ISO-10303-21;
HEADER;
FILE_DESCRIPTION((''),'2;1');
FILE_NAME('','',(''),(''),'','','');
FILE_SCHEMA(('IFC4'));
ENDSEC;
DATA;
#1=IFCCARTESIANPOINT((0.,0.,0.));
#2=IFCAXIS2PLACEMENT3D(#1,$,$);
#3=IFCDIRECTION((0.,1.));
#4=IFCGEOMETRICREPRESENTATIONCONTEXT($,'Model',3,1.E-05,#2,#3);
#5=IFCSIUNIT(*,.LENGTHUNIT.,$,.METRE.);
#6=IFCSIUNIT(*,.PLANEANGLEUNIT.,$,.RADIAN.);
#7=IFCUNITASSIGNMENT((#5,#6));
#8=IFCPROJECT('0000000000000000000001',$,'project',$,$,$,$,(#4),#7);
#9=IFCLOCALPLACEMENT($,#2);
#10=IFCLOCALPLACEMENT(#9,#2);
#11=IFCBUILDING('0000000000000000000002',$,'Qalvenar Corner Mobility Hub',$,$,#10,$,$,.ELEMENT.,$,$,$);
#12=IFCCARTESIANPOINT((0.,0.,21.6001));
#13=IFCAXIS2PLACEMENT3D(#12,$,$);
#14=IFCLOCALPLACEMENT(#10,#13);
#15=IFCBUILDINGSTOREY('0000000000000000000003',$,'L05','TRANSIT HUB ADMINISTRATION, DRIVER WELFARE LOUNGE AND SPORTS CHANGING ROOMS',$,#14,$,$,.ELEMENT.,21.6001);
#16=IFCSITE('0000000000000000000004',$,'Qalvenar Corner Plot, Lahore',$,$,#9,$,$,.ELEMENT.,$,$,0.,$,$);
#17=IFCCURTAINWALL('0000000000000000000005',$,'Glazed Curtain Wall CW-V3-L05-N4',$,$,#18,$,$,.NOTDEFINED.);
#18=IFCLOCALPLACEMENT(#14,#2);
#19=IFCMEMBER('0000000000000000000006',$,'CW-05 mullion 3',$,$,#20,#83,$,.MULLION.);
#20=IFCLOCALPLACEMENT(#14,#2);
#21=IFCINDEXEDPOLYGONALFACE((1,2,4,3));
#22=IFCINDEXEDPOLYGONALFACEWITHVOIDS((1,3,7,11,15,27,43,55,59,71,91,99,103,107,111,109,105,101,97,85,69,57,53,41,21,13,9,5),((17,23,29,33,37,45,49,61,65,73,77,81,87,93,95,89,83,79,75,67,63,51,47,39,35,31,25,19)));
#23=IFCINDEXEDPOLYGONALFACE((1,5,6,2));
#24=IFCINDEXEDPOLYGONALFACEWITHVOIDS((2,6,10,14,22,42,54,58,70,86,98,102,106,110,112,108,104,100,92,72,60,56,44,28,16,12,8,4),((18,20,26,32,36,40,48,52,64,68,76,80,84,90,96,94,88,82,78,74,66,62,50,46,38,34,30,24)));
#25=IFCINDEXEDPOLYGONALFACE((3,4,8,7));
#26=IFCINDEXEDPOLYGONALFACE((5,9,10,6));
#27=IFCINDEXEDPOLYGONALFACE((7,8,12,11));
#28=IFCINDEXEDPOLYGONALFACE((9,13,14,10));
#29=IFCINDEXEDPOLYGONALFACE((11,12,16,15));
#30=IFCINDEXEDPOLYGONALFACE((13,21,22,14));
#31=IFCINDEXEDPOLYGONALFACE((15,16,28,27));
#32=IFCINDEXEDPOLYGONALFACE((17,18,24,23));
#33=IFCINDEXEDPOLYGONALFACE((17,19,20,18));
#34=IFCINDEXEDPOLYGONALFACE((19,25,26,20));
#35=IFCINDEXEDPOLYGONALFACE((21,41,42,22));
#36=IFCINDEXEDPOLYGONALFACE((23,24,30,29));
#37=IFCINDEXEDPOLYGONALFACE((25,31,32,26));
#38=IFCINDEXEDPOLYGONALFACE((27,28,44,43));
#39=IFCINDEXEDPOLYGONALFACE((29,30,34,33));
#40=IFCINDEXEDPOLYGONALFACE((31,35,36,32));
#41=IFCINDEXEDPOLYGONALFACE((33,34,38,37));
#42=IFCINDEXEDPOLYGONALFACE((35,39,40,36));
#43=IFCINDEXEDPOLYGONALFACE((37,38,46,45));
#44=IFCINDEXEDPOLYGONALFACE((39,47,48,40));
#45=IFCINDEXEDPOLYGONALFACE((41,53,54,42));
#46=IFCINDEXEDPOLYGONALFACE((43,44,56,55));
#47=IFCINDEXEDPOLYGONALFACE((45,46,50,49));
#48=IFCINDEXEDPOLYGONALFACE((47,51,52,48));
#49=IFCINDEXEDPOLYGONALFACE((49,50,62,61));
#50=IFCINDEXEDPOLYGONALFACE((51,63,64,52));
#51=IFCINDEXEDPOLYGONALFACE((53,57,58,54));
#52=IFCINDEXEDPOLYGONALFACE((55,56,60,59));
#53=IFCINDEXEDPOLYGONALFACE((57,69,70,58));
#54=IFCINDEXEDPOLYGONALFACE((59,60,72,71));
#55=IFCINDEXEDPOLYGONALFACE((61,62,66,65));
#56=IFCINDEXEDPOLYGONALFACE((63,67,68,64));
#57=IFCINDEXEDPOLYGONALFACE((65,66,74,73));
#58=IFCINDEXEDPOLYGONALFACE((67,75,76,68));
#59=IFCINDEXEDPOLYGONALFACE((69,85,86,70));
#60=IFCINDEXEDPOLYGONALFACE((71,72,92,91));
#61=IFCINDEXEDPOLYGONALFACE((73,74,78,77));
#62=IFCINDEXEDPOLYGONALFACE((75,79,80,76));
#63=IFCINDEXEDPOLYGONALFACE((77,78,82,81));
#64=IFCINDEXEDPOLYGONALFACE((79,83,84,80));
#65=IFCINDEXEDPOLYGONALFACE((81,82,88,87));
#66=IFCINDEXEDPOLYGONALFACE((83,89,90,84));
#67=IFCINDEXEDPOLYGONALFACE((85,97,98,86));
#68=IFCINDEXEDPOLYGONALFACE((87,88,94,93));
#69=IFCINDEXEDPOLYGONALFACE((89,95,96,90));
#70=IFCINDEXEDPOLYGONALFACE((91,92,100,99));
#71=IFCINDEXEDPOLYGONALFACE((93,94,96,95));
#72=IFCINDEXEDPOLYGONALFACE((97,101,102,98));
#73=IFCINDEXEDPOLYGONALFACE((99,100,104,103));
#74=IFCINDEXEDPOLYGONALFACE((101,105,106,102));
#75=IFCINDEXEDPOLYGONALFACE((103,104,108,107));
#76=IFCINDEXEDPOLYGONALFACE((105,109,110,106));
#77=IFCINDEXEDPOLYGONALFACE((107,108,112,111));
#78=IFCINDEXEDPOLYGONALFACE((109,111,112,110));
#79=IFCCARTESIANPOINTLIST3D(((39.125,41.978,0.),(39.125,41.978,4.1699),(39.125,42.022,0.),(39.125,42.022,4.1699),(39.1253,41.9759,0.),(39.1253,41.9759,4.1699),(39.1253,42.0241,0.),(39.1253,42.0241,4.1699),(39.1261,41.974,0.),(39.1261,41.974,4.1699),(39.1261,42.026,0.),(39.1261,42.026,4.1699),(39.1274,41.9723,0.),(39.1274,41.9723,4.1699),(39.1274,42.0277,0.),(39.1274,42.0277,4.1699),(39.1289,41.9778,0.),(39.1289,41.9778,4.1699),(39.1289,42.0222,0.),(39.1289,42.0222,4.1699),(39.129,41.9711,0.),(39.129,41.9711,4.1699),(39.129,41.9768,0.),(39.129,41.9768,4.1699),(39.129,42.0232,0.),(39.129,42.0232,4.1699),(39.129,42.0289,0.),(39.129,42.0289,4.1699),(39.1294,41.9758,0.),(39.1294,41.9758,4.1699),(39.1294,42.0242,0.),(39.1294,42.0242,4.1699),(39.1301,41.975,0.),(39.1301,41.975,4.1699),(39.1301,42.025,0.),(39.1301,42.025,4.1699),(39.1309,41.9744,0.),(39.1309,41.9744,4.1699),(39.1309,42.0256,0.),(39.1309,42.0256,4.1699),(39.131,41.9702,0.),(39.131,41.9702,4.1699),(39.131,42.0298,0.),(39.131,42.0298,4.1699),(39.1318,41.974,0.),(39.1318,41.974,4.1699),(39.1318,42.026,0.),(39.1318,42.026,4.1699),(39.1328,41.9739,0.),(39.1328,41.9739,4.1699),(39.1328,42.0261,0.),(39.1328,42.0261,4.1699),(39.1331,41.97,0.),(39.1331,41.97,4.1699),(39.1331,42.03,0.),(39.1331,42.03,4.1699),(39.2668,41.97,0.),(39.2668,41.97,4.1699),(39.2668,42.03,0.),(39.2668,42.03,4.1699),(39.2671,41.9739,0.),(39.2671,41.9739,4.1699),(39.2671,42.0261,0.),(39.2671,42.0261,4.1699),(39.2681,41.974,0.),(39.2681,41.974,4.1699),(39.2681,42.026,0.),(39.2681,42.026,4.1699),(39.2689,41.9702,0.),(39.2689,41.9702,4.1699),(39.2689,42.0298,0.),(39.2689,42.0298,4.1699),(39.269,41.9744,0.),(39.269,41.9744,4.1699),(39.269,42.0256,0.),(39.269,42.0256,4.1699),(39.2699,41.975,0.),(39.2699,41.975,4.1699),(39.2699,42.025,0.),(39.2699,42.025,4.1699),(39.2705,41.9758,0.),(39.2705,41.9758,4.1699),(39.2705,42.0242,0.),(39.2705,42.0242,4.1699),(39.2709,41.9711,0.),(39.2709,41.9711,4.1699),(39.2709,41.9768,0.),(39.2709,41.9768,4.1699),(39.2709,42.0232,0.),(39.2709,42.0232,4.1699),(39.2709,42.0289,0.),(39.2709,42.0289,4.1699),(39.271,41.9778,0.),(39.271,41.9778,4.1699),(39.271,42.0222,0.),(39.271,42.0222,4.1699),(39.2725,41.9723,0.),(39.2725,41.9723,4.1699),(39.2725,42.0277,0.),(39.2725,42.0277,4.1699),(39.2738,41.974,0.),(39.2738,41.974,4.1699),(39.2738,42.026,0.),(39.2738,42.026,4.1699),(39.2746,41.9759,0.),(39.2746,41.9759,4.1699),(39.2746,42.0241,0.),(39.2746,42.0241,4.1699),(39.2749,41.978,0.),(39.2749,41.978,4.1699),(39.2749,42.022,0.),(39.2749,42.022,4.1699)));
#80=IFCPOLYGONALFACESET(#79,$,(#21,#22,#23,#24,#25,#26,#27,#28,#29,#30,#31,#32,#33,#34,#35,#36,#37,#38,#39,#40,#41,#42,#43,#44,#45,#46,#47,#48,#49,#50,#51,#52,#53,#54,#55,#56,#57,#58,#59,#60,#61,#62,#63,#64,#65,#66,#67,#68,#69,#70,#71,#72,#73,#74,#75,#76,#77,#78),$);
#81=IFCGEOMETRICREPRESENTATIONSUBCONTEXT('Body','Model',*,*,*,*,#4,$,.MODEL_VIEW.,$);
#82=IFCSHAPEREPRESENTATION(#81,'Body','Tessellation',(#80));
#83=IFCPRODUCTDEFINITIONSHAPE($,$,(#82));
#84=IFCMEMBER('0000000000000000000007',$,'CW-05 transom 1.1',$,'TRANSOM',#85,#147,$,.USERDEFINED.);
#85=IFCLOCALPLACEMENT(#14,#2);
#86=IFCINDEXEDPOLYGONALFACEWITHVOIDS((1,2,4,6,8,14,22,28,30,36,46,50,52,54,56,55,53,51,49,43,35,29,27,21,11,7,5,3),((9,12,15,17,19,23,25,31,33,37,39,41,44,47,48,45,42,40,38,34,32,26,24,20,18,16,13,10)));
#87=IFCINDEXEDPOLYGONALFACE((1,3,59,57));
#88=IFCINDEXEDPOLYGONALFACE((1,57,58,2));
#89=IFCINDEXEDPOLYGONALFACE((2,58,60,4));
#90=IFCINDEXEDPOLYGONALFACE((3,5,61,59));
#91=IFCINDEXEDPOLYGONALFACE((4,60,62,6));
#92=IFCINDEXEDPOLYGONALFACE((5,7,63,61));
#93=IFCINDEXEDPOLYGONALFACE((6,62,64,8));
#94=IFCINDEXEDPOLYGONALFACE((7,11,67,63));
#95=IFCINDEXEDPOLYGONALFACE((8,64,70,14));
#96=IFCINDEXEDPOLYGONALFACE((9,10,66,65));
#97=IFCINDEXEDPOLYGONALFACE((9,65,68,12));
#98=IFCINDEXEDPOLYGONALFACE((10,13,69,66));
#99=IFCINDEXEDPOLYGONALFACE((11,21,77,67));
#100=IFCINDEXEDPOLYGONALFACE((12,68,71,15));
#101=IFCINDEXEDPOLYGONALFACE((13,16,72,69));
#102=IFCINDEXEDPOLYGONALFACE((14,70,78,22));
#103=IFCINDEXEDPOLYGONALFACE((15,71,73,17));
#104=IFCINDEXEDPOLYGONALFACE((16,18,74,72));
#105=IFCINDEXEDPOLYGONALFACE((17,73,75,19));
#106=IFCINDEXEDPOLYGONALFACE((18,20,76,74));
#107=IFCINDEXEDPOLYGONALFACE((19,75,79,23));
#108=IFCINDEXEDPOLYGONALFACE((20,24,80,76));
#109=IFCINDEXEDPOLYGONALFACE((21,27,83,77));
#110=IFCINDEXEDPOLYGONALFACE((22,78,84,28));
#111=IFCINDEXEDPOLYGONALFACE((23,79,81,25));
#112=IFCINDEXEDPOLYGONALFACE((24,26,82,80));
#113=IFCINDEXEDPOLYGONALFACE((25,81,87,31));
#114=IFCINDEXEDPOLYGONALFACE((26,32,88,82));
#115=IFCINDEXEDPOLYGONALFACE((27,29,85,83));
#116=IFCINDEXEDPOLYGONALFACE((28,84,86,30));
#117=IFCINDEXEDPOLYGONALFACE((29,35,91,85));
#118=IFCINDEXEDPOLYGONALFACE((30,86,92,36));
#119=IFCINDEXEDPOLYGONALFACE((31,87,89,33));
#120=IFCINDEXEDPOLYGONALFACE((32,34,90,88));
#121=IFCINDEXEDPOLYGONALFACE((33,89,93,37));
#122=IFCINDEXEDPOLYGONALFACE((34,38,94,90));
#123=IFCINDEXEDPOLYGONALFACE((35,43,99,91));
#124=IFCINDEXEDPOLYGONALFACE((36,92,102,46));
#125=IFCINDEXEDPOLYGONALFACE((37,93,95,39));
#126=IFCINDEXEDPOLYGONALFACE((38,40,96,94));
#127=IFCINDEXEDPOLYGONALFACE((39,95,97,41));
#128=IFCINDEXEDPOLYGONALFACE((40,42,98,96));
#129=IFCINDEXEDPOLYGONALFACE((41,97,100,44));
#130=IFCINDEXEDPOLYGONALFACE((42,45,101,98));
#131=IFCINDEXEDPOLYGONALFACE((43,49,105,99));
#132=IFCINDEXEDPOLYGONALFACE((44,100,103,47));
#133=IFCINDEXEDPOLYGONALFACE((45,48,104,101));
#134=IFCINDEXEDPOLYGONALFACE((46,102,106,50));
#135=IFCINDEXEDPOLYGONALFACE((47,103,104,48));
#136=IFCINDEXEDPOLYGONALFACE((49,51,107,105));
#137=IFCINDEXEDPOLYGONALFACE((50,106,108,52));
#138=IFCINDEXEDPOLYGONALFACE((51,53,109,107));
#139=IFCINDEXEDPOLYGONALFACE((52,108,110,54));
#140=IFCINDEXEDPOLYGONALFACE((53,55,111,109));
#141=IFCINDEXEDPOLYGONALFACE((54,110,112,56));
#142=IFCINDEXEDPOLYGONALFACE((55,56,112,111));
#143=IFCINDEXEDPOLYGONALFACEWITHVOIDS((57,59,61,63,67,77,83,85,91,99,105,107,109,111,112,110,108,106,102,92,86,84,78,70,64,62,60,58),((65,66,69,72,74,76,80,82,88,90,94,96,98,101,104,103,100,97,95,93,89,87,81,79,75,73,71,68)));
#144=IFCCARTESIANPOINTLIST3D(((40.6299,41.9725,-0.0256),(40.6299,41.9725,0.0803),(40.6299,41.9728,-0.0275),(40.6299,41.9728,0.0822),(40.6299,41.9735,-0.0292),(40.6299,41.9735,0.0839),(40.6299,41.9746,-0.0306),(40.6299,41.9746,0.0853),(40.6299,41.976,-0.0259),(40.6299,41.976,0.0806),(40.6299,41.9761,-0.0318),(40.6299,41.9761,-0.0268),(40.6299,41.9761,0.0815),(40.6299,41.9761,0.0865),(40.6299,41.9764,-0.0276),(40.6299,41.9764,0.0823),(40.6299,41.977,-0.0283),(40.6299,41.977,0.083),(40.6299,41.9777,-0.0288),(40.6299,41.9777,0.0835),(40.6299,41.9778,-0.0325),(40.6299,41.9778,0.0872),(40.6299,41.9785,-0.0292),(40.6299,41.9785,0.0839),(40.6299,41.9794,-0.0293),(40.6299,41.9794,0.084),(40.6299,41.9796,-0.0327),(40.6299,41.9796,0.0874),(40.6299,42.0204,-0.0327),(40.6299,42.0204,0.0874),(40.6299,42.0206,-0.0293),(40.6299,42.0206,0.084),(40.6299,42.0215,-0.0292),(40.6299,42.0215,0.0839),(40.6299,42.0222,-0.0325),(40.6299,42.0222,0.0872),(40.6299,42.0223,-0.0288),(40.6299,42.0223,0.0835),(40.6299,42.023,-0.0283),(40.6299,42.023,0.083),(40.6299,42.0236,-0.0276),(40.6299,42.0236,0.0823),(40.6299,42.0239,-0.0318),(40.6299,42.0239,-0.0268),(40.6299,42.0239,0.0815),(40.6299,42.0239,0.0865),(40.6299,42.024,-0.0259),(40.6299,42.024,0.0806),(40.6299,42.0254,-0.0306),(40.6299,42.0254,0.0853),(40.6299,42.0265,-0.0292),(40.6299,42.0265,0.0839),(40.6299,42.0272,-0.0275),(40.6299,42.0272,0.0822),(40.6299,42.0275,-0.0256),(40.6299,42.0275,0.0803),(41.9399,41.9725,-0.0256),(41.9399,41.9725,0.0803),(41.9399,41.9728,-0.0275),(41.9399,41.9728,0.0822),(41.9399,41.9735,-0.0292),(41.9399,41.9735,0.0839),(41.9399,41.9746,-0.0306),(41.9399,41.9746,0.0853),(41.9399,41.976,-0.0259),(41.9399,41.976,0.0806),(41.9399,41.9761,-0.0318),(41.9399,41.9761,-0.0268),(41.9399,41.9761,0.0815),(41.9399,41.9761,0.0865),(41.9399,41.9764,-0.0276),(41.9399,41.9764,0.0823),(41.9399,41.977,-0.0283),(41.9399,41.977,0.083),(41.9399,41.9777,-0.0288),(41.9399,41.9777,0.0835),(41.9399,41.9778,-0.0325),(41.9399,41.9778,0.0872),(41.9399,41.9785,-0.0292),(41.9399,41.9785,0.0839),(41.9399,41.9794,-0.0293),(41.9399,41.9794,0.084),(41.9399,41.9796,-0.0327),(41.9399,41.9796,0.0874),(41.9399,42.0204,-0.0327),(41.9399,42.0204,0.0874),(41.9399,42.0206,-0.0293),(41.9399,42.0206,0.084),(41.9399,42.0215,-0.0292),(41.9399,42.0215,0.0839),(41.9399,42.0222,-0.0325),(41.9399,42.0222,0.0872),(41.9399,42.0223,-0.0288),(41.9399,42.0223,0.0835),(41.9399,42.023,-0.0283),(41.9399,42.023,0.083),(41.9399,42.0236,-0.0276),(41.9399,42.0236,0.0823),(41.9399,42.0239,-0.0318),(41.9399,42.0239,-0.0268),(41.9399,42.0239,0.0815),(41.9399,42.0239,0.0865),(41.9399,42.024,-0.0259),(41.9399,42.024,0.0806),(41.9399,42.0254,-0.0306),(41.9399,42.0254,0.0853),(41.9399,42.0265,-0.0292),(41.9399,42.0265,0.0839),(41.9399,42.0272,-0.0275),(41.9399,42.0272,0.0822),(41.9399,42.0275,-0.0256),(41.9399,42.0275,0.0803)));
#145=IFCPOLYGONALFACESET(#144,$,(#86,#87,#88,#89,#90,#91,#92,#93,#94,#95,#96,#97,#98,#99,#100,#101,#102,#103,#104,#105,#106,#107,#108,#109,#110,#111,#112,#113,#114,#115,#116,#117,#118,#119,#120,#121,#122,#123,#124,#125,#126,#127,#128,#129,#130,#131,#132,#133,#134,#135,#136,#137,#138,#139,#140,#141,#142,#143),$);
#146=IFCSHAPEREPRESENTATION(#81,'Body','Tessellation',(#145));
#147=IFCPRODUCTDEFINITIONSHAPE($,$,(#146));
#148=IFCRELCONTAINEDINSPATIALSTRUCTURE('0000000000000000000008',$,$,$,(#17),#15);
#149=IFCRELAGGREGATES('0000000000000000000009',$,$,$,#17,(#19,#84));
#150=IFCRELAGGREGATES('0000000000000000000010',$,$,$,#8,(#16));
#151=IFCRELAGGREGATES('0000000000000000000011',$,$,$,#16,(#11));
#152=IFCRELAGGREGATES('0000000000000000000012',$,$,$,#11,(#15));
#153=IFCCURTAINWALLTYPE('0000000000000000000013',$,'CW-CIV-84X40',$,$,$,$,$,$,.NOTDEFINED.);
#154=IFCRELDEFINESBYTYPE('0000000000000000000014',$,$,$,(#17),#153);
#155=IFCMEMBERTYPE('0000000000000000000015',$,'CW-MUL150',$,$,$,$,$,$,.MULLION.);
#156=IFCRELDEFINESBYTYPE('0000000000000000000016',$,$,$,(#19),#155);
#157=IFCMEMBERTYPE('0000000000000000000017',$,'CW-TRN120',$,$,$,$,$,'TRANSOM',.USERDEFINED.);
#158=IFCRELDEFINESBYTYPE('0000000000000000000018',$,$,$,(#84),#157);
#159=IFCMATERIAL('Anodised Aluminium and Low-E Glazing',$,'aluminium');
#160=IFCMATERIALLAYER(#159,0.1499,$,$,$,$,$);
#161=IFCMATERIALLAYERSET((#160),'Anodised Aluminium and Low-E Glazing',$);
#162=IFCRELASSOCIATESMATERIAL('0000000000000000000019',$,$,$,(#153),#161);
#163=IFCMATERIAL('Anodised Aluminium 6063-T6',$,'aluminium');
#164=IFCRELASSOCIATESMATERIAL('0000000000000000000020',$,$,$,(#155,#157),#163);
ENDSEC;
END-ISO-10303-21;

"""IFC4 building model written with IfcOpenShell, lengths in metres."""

from ifc_helpers import new_model, si_unit, direction, frame, origin, origin_2d, place, context, subcontext, project, spatial, hollow_rectangle, extrude, material, layer, layer_set, material_profile, profile_set, type_object, element, aggregate, save


model = new_model("IFC4")

# Units and contexts
model_context = context("Model", 3, precision=1e-05, world=origin(), true_north=direction((0.0, 1.0)))
body_context = subcontext(model_context, "Body", "Model", "MODEL_VIEW")
ifc_project = project(units=[si_unit("LENGTHUNIT", "METRE"), si_unit("PLANEANGLEUNIT", "RADIAN")], contexts=[model_context])

# Site, building, storey
site_placement = place(None, origin())
site = spatial("IfcSite", under=ifc_project, at=site_placement, Name="Qalvenar Corner Plot, Lahore", CompositionType="ELEMENT", RefElevation=0.0)
building_placement = place(site_placement, origin())
building = spatial("IfcBuilding", under=site, at=building_placement, Name="Qalvenar Corner Mobility Hub", CompositionType="ELEMENT")
storey_placement = place(building_placement, frame((0.0, 0.0, 21.6001)))
storey = spatial("IfcBuildingStorey", under=building, at=storey_placement, Name="L05", Description="TRANSIT HUB ADMINISTRATION, DRIVER WELFARE LOUNGE AND SPORTS CHANGING ROOMS", CompositionType="ELEMENT", Elevation=21.6001)

# Curtain wall, members
ifc_material_1 = material(Name="Anodised Aluminium and Low-E Glazing", Category="aluminium")
ifc_layer_1 = layer(ifc_material_1, 0.1499)
ifc_layer_set_1 = layer_set([ifc_layer_1], Name="Anodised Aluminium and Low-E Glazing")
curtain_wall_type = type_object("IfcCurtainWallType", Name="CW-CIV-84X40", PredefinedType="NOTDEFINED", material=ifc_layer_set_1)
curtain_wall_placement = place(storey_placement, origin())
curtain_wall = element("IfcCurtainWall", 1, at=curtain_wall_placement, inside=storey, type_object=curtain_wall_type, Name="Glazed Curtain Wall CW-V3-L05-N4", PredefinedType="NOTDEFINED")
ifc_material_2 = material(Name="Anodised Aluminium 6063-T6", Category="aluminium")
ifc_material_profile_1 = material_profile(ifc_material_2, hollow_rectangle(XDim=0.0601, YDim=0.1499, WallThickness=0.0039, InnerFilletRadius=0.0039, OuterFilletRadius=0.0081, at=origin_2d()), Name="RHS150x60x4")
ifc_profile_set_1 = profile_set([ifc_material_profile_1], Name="Anodised Aluminium 6063-T6")
member_type_1 = type_object("IfcMemberType", Name="CW-MUL150", PredefinedType="MULLION", material=ifc_profile_set_1)
member_1_placement = place(storey_placement, frame((39.2, 42.0, 0.0), z_axis=(0.0, 0.0, 1.0), x_axis=(0.0, -1.0, 0.0)))
member_1 = element("IfcMember", 2, at=member_1_placement, type_object=member_type_1, Name="CW-05 mullion 3", PredefinedType="MULLION", context=body_context, shape_type="SweptSolid", body=[
    extrude(hollow_rectangle(XDim=0.0601, YDim=0.1499, WallThickness=0.0039, InnerFilletRadius=0.0039, OuterFilletRadius=0.0081, at=origin_2d()), origin(), (0.0, 0.0, 1.0), 4.1699),
])
ifc_material_profile_2 = material_profile(ifc_material_2, hollow_rectangle(XDim=0.0549, YDim=0.1201, WallThickness=0.0034, InnerFilletRadius=0.0034, OuterFilletRadius=0.0071, at=origin_2d()), Name="RHS120x55x3.5")
ifc_profile_set_2 = profile_set([ifc_material_profile_2], Name="Anodised Aluminium 6063-T6")
member_type_2 = type_object("IfcMemberType", Name="CW-TRN120", ElementType="TRANSOM", PredefinedType="USERDEFINED", material=ifc_profile_set_2)
member_2_placement = place(storey_placement, frame((41.9399, 42.0, 0.0273), z_axis=(-1.0, 0.0, 0.0), x_axis=(0.0, -1.0, 0.0)))
member_2 = element("IfcMember", 3, at=member_2_placement, type_object=member_type_2, Name="CW-05 transom 1.1", ObjectType="TRANSOM", PredefinedType="USERDEFINED", context=body_context, shape_type="SweptSolid", body=[
    extrude(hollow_rectangle(XDim=0.0549, YDim=0.1201, WallThickness=0.0034, InnerFilletRadius=0.0034, OuterFilletRadius=0.0071, at=origin_2d()), origin(), (0.0, 0.0, 1.0), 1.3101),
])
aggregate(curtain_wall, [member_1, member_2])

save(model, "model.ifc")
